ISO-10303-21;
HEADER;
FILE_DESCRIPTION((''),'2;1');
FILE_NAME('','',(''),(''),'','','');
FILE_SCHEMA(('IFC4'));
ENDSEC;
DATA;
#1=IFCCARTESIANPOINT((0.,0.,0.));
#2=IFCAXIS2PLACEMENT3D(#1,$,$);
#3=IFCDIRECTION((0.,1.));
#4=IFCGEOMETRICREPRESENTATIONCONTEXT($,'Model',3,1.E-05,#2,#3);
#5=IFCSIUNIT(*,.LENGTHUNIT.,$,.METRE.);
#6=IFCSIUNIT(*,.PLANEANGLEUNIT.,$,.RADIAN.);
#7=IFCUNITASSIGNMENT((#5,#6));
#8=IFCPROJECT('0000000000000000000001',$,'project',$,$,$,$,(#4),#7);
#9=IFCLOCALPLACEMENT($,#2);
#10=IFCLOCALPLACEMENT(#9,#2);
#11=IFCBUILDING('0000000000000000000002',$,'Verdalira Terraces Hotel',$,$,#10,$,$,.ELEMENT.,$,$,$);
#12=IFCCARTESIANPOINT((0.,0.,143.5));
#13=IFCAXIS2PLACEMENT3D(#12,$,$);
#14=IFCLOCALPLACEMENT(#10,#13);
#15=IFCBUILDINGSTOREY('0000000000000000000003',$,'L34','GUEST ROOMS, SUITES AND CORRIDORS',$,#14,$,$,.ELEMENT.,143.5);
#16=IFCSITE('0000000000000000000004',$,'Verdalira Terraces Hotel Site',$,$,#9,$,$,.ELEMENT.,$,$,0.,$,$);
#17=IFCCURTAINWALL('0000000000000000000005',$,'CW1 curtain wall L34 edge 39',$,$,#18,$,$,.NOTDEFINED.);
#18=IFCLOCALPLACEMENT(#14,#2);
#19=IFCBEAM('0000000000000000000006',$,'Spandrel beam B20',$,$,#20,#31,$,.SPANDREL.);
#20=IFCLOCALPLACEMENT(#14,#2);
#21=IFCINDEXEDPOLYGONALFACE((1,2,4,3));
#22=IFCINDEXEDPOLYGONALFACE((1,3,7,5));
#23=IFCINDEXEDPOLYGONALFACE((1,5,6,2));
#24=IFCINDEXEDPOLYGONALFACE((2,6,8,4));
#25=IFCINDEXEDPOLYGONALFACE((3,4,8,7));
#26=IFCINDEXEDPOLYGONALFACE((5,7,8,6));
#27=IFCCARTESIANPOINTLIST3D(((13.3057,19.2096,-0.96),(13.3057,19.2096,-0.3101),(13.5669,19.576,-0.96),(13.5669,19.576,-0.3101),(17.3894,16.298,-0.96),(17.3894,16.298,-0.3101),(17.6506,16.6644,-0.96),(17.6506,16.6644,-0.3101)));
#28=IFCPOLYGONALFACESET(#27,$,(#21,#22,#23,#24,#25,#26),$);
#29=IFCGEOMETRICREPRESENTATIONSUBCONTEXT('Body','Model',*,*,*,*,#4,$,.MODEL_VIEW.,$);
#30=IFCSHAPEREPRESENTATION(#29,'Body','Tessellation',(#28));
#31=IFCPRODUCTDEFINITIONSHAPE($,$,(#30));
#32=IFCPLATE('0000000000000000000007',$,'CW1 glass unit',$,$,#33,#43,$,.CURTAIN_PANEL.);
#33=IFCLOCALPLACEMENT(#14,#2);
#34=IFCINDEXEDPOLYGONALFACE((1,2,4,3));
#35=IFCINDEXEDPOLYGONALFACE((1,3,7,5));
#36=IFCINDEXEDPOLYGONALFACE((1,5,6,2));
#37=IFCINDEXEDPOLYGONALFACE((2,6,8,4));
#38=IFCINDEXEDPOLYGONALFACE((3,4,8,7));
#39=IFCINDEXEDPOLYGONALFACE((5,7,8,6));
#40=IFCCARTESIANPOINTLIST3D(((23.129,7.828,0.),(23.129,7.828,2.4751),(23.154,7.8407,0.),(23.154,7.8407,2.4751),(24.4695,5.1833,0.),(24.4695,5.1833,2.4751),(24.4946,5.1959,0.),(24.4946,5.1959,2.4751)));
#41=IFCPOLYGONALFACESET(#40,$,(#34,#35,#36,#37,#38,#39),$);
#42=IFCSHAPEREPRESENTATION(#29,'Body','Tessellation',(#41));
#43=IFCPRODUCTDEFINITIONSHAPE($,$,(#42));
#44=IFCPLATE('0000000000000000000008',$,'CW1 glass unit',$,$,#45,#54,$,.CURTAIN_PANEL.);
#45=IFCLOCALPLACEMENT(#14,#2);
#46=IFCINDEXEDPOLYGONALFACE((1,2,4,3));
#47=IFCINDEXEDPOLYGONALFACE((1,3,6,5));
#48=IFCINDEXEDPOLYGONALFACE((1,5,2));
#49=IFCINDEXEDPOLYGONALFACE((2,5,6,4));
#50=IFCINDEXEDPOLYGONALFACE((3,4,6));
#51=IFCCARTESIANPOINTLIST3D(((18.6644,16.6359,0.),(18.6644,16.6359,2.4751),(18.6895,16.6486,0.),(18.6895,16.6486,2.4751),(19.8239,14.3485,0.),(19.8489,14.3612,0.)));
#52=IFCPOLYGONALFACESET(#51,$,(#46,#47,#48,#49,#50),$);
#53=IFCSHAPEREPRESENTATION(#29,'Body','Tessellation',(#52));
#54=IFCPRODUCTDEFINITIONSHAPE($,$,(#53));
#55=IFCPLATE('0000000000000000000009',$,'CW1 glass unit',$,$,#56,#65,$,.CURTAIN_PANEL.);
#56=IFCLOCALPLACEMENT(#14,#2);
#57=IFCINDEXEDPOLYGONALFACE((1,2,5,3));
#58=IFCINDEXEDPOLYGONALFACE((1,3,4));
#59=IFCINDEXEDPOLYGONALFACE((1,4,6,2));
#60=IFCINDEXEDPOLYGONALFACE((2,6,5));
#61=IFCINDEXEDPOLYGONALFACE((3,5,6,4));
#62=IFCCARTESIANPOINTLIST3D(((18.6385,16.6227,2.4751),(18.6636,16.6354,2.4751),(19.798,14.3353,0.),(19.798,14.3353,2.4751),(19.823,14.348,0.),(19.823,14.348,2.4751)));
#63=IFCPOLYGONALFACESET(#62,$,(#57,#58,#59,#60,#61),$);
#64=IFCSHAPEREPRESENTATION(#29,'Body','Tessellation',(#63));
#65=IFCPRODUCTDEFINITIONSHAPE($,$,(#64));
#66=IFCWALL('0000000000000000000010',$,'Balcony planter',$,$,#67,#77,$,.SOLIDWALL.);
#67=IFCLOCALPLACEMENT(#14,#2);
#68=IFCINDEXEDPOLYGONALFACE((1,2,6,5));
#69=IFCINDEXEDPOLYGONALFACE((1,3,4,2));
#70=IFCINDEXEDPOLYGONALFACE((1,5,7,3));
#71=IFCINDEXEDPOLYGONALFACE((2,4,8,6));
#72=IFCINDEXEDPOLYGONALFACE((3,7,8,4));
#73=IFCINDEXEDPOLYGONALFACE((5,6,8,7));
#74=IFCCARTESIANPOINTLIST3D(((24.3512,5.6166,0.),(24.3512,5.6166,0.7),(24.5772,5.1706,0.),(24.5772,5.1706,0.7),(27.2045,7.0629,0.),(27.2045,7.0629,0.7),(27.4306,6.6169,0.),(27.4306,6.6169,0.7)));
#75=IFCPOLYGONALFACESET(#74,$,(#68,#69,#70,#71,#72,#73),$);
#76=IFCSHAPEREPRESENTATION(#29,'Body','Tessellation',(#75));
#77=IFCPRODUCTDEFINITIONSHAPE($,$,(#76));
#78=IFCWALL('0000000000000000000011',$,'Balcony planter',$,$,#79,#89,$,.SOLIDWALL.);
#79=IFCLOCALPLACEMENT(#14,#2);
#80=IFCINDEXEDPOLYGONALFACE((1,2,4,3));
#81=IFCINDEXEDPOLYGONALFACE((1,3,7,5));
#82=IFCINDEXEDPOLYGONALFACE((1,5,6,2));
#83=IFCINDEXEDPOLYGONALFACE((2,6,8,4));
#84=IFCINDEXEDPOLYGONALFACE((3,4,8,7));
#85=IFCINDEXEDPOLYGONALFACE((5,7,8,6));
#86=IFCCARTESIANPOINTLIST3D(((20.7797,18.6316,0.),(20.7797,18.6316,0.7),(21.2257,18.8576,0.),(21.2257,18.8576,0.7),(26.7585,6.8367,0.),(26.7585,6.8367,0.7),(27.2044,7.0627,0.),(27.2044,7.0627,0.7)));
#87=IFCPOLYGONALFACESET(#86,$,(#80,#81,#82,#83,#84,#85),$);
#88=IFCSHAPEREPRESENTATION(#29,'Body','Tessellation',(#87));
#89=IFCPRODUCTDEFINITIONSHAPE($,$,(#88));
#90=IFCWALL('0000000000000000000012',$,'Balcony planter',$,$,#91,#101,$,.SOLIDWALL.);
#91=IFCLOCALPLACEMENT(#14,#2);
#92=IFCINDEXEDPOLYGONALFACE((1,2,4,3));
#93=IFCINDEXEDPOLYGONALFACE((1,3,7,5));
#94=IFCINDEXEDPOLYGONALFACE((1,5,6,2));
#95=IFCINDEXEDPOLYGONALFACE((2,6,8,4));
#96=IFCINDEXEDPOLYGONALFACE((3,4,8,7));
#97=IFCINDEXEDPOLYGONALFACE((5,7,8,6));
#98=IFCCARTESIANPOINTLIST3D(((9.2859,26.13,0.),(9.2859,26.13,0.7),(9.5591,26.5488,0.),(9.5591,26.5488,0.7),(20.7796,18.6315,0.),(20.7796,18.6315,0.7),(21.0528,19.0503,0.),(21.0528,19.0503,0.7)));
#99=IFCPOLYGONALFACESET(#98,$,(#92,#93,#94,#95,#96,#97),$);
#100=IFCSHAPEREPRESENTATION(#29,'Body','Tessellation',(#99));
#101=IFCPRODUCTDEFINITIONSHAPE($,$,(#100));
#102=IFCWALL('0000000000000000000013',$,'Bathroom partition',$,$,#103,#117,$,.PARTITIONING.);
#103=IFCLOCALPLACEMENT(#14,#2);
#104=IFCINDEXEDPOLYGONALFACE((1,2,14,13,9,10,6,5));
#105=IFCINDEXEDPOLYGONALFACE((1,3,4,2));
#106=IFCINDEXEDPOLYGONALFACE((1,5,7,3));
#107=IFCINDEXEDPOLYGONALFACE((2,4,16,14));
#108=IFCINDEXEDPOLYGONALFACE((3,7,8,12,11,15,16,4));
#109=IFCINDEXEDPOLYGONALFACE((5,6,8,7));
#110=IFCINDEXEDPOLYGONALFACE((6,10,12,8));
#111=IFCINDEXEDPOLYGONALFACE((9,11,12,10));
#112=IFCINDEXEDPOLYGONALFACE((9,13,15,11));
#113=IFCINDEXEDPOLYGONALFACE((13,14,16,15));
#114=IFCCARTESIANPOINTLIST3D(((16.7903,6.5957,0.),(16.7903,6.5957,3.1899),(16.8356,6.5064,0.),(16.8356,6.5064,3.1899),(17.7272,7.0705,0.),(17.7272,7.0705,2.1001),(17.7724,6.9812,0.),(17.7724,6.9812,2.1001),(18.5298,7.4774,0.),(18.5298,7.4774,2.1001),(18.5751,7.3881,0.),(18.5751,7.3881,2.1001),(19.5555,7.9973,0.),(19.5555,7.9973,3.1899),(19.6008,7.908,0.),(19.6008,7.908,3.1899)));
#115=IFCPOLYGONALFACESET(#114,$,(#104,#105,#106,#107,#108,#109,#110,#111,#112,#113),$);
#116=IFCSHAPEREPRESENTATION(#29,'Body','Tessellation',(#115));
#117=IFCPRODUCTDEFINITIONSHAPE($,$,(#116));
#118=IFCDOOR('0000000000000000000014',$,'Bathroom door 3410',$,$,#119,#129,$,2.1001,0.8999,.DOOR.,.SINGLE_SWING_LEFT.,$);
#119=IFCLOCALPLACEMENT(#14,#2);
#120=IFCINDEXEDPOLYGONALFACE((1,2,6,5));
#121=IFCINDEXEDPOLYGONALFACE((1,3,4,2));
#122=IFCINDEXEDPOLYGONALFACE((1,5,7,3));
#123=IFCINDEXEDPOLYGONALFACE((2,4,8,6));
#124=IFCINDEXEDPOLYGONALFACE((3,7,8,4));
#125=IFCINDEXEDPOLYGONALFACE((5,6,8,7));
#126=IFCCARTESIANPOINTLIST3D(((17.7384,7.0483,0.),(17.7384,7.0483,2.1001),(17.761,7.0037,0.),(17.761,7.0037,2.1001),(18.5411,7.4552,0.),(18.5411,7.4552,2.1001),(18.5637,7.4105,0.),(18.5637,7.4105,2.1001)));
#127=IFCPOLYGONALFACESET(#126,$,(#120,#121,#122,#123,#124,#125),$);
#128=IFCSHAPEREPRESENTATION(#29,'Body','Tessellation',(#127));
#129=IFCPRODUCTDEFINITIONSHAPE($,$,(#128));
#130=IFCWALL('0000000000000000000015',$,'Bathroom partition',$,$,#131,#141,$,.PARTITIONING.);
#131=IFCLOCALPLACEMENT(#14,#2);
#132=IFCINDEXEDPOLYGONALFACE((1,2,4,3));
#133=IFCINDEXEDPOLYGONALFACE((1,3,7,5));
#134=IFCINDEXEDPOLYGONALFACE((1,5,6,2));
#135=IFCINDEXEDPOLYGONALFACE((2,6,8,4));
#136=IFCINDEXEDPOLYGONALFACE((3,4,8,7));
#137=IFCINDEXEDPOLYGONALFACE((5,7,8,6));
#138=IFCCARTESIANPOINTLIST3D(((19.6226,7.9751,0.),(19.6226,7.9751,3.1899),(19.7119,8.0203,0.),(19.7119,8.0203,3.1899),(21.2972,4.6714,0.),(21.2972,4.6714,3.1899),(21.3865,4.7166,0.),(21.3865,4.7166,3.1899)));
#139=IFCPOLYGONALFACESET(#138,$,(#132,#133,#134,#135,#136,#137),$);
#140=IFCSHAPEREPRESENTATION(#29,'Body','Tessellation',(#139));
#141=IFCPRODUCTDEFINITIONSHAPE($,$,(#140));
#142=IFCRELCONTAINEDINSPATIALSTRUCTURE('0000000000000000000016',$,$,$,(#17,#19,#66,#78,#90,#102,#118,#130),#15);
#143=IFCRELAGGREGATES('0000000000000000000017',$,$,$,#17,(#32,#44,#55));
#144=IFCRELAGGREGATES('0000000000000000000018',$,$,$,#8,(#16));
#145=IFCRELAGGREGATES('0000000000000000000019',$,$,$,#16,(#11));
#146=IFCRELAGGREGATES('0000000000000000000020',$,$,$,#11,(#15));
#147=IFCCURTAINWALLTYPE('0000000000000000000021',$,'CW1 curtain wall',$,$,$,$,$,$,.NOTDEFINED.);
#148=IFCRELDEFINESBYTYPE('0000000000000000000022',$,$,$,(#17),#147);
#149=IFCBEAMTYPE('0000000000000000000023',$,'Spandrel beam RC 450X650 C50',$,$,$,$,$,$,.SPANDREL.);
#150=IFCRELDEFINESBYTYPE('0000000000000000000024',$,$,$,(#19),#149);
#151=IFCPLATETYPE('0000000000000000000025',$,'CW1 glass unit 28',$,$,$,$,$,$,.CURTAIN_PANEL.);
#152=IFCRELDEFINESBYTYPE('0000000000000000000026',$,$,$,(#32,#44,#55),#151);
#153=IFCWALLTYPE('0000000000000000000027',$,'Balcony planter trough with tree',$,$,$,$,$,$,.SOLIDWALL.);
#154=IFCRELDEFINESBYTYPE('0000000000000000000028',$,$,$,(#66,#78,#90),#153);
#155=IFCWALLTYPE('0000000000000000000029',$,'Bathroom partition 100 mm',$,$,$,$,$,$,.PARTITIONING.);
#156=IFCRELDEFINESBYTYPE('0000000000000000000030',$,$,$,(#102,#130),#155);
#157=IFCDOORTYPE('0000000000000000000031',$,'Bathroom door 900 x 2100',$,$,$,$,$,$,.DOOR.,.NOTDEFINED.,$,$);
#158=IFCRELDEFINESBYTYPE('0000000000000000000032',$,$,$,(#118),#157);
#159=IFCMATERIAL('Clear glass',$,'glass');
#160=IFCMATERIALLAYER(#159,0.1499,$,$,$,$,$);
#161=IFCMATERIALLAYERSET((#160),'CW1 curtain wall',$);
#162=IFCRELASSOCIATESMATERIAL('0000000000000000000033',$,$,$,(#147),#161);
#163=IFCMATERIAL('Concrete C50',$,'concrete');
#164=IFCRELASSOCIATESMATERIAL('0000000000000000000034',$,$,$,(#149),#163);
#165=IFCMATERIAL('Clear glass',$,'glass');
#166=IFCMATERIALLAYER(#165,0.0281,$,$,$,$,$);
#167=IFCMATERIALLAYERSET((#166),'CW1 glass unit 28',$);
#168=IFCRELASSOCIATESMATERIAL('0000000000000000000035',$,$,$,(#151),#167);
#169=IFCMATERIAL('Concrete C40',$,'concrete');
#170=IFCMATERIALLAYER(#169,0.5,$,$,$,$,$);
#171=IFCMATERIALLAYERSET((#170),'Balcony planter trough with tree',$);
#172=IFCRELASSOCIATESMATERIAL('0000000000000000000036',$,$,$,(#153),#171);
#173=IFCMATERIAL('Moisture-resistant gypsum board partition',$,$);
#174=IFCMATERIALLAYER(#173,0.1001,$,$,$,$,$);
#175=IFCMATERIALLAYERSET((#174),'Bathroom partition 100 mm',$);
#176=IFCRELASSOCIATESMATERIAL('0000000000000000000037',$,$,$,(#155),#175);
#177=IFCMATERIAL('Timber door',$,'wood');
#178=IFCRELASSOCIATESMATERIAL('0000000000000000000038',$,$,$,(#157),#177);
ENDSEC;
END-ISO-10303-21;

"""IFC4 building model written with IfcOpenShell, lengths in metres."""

from ifc_helpers import new_model, si_unit, direction, frame, frame_2d, origin, origin_2d, place, context, subcontext, project, spatial, polyline, rectangle, outline, extrude, material, layer, layer_set, material_profile, profile_set, type_object, element, fill, aggregate, save


model = new_model("IFC4")

# Units and contexts
model_context = context("Model", 3, precision=1e-05, world=origin(), true_north=direction((0.0, 1.0)))
body_context = subcontext(model_context, "Body", "Model", "MODEL_VIEW")
ifc_project = project(units=[si_unit("LENGTHUNIT", "METRE"), si_unit("PLANEANGLEUNIT", "RADIAN")], contexts=[model_context])

# Site, building, storey
site_placement = place(None, origin())
site = spatial("IfcSite", under=ifc_project, at=site_placement, Name="Verdalira Terraces Hotel Site", CompositionType="ELEMENT", RefElevation=0.0)
building_placement = place(site_placement, origin())
building = spatial("IfcBuilding", under=site, at=building_placement, Name="Verdalira Terraces Hotel", CompositionType="ELEMENT")
storey_placement = place(building_placement, frame((0.0, 0.0, 143.5)))
storey = spatial("IfcBuildingStorey", under=building, at=storey_placement, Name="L34", Description="GUEST ROOMS, SUITES AND CORRIDORS", CompositionType="ELEMENT", Elevation=143.5)

# Curtain wall
ifc_material_1 = material(Name="Clear glass", Category="glass")
ifc_layer_1 = layer(ifc_material_1, 0.1499)
ifc_layer_set_1 = layer_set([ifc_layer_1], Name="CW1 curtain wall")
curtain_wall_type = type_object("IfcCurtainWallType", Name="CW1 curtain wall", PredefinedType="NOTDEFINED", material=ifc_layer_set_1)
curtain_wall_1_placement = place(storey_placement, origin())
curtain_wall_1 = element("IfcCurtainWall", 1, at=curtain_wall_1_placement, inside=storey, type_object=curtain_wall_type, Name="CW1 curtain wall L34 edge 39", PredefinedType="NOTDEFINED")

# Beam
ifc_material_2 = material(Name="Concrete C50", Category="concrete")
ifc_material_profile_1 = material_profile(ifc_material_2, rectangle(XDim=0.45, YDim=0.6499, at=origin_2d()), Name="RC 450X650")
ifc_profile_set_1 = profile_set([ifc_material_profile_1], Name="Concrete C50")
beam_type_1 = type_object("IfcBeamType", Name="Spandrel beam RC 450X650 C50", PredefinedType="SPANDREL", material=ifc_profile_set_1)
beam_1_placement = place(storey_placement, frame((17.52, 16.4812, -0.635), z_axis=(-0.814236, 0.580533, 0.0), x_axis=(-0.580533, -0.814236, 0.0)))
element("IfcBeam", 2, at=beam_1_placement, inside=storey, type_object=beam_type_1, Name="Spandrel beam B20", PredefinedType="SPANDREL", context=body_context, shape_type="SweptSolid", body=[
    extrude(rectangle(XDim=0.45, YDim=0.6499, at=origin_2d()), origin(), (0.0, 0.0, 1.0), 5.0154),
])

# Plates
ifc_material_3 = material(Name="Clear glass", Category="glass")
ifc_layer_2 = layer(ifc_material_3, 0.0281)
ifc_layer_set_2 = layer_set([ifc_layer_2], Name="CW1 glass unit 28")
plate_type = type_object("IfcPlateType", Name="CW1 glass unit 28", PredefinedType="CURTAIN_PANEL", material=ifc_layer_set_2)
plate_1_placement = place(storey_placement, frame((23.8118, 6.512, 0.0), z_axis=(0.0, 0.0, 1.0), x_axis=(-0.452123, 0.891955, 0.0)))
plate_1 = element("IfcPlate", 3, at=plate_1_placement, type_object=plate_type, Name="CW1 glass unit", PredefinedType="CURTAIN_PANEL", context=body_context, shape_type="SweptSolid", body=[
    extrude(rectangle(XDim=2.9651, YDim=0.0281, at=origin_2d()), origin(), (0.0, 0.0, 1.0), 2.4751),
])
plate_2_placement = place(storey_placement, frame((19.2441, 15.4922, 1.2375), z_axis=(0.891955, 0.452123, 0.0), x_axis=(-0.452123, 0.891955, 0.0)))
plate_2 = element("IfcPlate", 4, at=plate_2_placement, type_object=plate_type, Name="CW1 glass unit", PredefinedType="CURTAIN_PANEL", context=body_context, shape_type="SweptSolid", body=[
    extrude(outline(polyline([(-1.2822, -1.2375), (1.2822, -1.2375), (1.2822, 1.2375), (-1.2822, -1.2375)])), origin(), (0.0, 0.0, 1.0), 0.0281),
])
plate_3_placement = place(storey_placement, frame((19.2183, 15.479, 1.2375), z_axis=(0.891955, 0.452123, 0.0), x_axis=(-0.452123, 0.891955, 0.0)))
plate_3 = element("IfcPlate", 5, at=plate_3_placement, type_object=plate_type, Name="CW1 glass unit", PredefinedType="CURTAIN_PANEL", context=body_context, shape_type="SweptSolid", body=[
    extrude(outline(polyline([(-1.2822, -1.2375), (1.2822, 1.2375), (-1.2822, 1.2375), (-1.2822, -1.2375)])), origin(), (0.0, 0.0, 1.0), 0.0281),
])
aggregate(curtain_wall_1, [plate_1, plate_2, plate_3])

# Walls
ifc_material_4 = material(Name="Concrete C40", Category="concrete")
ifc_layer_3 = layer(ifc_material_4, 0.5)
ifc_layer_set_3 = layer_set([ifc_layer_3], Name="Balcony planter trough with tree")
wall_type_1 = type_object("IfcWallType", Name="Balcony planter trough with tree", PredefinedType="SOLIDWALL", material=ifc_layer_set_3)
wall_1_placement = place(storey_placement, frame((24.4641, 5.3936, 0.0), z_axis=(0.0, 0.0, 1.0), x_axis=(0.891956, 0.452122, 0.0)))
element("IfcWall", 6, at=wall_1_placement, inside=storey, type_object=wall_type_1, Name="Balcony planter", PredefinedType="SOLIDWALL", context=body_context, shape_type="SweptSolid", body=[
    extrude(rectangle(XDim=3.199, YDim=0.5, at=frame_2d((1.5996, 0.0))), origin(), (0.0, 0.0, 1.0), 0.7),
])
wall_2_placement = place(storey_placement, frame((26.9814, 6.9497, 0.0), z_axis=(0.0, 0.0, 1.0), x_axis=(-0.452125, 0.891954, 0.0)))
element("IfcWall", 7, at=wall_2_placement, inside=storey, type_object=wall_type_1, Name="Balcony planter", PredefinedType="SOLIDWALL", context=body_context, shape_type="SweptSolid", body=[
    extrude(rectangle(XDim=13.2236, YDim=0.5, at=frame_2d((6.6118, 0.0))), origin(), (0.0, 0.0, 1.0), 0.7),
])
wall_3_placement = place(storey_placement, frame((20.9163, 18.8408, 0.0), z_axis=(0.0, 0.0, 1.0), x_axis=(-0.837521, 0.546405, 0.0)))
element("IfcWall", 8, at=wall_3_placement, inside=storey, type_object=wall_type_1, Name="Balcony planter", PredefinedType="SOLIDWALL", context=body_context, shape_type="SweptSolid", body=[
    extrude(rectangle(XDim=13.7234, YDim=0.5, at=frame_2d((6.8618, 0.0))), origin(), (0.0, 0.0, 1.0), 0.7),
])

# Wall, opening, door
ifc_material_5 = material(Name="Moisture-resistant gypsum board partition")
ifc_layer_4 = layer(ifc_material_5, 0.1001)
ifc_layer_set_4 = layer_set([ifc_layer_4], Name="Bathroom partition 100 mm")
wall_type_2 = type_object("IfcWallType", Name="Bathroom partition 100 mm", PredefinedType="PARTITIONING", material=ifc_layer_set_4)
wall_4_placement = place(storey_placement, frame((19.5781, 7.9526, 0.0), z_axis=(0.0, 0.0, 1.0), x_axis=(-0.891957, -0.452121, 0.0)))
wall_4 = element("IfcWall", 9, at=wall_4_placement, inside=storey, type_object=wall_type_2, Name="Bathroom partition", PredefinedType="PARTITIONING", context=body_context, shape_type="SweptSolid", body=[
    extrude(rectangle(XDim=3.1001, YDim=0.1001, at=frame_2d((1.55, 0.0))), origin(), (0.0, 0.0, 1.0), 3.1899),
])
opening_1_placement = place(wall_4_placement, frame((1.1499, 0.0, 0.0)))
opening_1 = element("IfcOpeningElement", 10, at=opening_1_placement, cuts=wall_4, PredefinedType="OPENING", context=body_context, shape_type="SweptSolid", body=[
    extrude(rectangle(XDim=0.8999, YDim=2.1001, at=frame_2d((0.45, 1.05))), frame((0.0, 0.0601, 0.0), z_axis=(0.0, -1.0, 0.0), x_axis=(1.0, 0.0, 0.0)), (0.0, 0.0, 1.0), 0.1201),
])
ifc_material_6 = material(Name="Timber door", Category="wood")
door_type_1 = type_object("IfcDoorType", Name="Bathroom door 900 x 2100", OperationType="NOTDEFINED", PredefinedType="DOOR", material=ifc_material_6)
door_1_placement = place(opening_1_placement, origin())
door_1 = element("IfcDoor", 11, at=door_1_placement, inside=storey, type_object=door_type_1, Name="Bathroom door 3410", OperationType="SINGLE_SWING_LEFT", OverallHeight=2.1001, OverallWidth=0.8999, PredefinedType="DOOR", context=body_context, shape_type="SweptSolid", body=[
    extrude(rectangle(XDim=0.8999, YDim=2.1001, at=frame_2d((0.45, 1.05))), frame((0.0, 0.0249, 0.0), z_axis=(0.0, -1.0, 0.0), x_axis=(1.0, 0.0, 0.0)), (0.0, 0.0, 1.0), 0.05),
])
fill(opening_1, door_1)

# Wall
wall_5_placement = place(storey_placement, frame((19.6672, 7.9978, 0.0), z_axis=(0.0, 0.0, 1.0), x_axis=(0.452111, -0.891962, 0.0)))
element("IfcWall", 12, at=wall_5_placement, inside=storey, type_object=wall_type_2, Name="Bathroom partition", PredefinedType="PARTITIONING", context=body_context, shape_type="SweptSolid", body=[
    extrude(rectangle(XDim=3.7039, YDim=0.1001, at=frame_2d((1.8521, 0.0))), origin(), (0.0, 0.0, 1.0), 3.1899),
])

save(model, "model.ifc")
